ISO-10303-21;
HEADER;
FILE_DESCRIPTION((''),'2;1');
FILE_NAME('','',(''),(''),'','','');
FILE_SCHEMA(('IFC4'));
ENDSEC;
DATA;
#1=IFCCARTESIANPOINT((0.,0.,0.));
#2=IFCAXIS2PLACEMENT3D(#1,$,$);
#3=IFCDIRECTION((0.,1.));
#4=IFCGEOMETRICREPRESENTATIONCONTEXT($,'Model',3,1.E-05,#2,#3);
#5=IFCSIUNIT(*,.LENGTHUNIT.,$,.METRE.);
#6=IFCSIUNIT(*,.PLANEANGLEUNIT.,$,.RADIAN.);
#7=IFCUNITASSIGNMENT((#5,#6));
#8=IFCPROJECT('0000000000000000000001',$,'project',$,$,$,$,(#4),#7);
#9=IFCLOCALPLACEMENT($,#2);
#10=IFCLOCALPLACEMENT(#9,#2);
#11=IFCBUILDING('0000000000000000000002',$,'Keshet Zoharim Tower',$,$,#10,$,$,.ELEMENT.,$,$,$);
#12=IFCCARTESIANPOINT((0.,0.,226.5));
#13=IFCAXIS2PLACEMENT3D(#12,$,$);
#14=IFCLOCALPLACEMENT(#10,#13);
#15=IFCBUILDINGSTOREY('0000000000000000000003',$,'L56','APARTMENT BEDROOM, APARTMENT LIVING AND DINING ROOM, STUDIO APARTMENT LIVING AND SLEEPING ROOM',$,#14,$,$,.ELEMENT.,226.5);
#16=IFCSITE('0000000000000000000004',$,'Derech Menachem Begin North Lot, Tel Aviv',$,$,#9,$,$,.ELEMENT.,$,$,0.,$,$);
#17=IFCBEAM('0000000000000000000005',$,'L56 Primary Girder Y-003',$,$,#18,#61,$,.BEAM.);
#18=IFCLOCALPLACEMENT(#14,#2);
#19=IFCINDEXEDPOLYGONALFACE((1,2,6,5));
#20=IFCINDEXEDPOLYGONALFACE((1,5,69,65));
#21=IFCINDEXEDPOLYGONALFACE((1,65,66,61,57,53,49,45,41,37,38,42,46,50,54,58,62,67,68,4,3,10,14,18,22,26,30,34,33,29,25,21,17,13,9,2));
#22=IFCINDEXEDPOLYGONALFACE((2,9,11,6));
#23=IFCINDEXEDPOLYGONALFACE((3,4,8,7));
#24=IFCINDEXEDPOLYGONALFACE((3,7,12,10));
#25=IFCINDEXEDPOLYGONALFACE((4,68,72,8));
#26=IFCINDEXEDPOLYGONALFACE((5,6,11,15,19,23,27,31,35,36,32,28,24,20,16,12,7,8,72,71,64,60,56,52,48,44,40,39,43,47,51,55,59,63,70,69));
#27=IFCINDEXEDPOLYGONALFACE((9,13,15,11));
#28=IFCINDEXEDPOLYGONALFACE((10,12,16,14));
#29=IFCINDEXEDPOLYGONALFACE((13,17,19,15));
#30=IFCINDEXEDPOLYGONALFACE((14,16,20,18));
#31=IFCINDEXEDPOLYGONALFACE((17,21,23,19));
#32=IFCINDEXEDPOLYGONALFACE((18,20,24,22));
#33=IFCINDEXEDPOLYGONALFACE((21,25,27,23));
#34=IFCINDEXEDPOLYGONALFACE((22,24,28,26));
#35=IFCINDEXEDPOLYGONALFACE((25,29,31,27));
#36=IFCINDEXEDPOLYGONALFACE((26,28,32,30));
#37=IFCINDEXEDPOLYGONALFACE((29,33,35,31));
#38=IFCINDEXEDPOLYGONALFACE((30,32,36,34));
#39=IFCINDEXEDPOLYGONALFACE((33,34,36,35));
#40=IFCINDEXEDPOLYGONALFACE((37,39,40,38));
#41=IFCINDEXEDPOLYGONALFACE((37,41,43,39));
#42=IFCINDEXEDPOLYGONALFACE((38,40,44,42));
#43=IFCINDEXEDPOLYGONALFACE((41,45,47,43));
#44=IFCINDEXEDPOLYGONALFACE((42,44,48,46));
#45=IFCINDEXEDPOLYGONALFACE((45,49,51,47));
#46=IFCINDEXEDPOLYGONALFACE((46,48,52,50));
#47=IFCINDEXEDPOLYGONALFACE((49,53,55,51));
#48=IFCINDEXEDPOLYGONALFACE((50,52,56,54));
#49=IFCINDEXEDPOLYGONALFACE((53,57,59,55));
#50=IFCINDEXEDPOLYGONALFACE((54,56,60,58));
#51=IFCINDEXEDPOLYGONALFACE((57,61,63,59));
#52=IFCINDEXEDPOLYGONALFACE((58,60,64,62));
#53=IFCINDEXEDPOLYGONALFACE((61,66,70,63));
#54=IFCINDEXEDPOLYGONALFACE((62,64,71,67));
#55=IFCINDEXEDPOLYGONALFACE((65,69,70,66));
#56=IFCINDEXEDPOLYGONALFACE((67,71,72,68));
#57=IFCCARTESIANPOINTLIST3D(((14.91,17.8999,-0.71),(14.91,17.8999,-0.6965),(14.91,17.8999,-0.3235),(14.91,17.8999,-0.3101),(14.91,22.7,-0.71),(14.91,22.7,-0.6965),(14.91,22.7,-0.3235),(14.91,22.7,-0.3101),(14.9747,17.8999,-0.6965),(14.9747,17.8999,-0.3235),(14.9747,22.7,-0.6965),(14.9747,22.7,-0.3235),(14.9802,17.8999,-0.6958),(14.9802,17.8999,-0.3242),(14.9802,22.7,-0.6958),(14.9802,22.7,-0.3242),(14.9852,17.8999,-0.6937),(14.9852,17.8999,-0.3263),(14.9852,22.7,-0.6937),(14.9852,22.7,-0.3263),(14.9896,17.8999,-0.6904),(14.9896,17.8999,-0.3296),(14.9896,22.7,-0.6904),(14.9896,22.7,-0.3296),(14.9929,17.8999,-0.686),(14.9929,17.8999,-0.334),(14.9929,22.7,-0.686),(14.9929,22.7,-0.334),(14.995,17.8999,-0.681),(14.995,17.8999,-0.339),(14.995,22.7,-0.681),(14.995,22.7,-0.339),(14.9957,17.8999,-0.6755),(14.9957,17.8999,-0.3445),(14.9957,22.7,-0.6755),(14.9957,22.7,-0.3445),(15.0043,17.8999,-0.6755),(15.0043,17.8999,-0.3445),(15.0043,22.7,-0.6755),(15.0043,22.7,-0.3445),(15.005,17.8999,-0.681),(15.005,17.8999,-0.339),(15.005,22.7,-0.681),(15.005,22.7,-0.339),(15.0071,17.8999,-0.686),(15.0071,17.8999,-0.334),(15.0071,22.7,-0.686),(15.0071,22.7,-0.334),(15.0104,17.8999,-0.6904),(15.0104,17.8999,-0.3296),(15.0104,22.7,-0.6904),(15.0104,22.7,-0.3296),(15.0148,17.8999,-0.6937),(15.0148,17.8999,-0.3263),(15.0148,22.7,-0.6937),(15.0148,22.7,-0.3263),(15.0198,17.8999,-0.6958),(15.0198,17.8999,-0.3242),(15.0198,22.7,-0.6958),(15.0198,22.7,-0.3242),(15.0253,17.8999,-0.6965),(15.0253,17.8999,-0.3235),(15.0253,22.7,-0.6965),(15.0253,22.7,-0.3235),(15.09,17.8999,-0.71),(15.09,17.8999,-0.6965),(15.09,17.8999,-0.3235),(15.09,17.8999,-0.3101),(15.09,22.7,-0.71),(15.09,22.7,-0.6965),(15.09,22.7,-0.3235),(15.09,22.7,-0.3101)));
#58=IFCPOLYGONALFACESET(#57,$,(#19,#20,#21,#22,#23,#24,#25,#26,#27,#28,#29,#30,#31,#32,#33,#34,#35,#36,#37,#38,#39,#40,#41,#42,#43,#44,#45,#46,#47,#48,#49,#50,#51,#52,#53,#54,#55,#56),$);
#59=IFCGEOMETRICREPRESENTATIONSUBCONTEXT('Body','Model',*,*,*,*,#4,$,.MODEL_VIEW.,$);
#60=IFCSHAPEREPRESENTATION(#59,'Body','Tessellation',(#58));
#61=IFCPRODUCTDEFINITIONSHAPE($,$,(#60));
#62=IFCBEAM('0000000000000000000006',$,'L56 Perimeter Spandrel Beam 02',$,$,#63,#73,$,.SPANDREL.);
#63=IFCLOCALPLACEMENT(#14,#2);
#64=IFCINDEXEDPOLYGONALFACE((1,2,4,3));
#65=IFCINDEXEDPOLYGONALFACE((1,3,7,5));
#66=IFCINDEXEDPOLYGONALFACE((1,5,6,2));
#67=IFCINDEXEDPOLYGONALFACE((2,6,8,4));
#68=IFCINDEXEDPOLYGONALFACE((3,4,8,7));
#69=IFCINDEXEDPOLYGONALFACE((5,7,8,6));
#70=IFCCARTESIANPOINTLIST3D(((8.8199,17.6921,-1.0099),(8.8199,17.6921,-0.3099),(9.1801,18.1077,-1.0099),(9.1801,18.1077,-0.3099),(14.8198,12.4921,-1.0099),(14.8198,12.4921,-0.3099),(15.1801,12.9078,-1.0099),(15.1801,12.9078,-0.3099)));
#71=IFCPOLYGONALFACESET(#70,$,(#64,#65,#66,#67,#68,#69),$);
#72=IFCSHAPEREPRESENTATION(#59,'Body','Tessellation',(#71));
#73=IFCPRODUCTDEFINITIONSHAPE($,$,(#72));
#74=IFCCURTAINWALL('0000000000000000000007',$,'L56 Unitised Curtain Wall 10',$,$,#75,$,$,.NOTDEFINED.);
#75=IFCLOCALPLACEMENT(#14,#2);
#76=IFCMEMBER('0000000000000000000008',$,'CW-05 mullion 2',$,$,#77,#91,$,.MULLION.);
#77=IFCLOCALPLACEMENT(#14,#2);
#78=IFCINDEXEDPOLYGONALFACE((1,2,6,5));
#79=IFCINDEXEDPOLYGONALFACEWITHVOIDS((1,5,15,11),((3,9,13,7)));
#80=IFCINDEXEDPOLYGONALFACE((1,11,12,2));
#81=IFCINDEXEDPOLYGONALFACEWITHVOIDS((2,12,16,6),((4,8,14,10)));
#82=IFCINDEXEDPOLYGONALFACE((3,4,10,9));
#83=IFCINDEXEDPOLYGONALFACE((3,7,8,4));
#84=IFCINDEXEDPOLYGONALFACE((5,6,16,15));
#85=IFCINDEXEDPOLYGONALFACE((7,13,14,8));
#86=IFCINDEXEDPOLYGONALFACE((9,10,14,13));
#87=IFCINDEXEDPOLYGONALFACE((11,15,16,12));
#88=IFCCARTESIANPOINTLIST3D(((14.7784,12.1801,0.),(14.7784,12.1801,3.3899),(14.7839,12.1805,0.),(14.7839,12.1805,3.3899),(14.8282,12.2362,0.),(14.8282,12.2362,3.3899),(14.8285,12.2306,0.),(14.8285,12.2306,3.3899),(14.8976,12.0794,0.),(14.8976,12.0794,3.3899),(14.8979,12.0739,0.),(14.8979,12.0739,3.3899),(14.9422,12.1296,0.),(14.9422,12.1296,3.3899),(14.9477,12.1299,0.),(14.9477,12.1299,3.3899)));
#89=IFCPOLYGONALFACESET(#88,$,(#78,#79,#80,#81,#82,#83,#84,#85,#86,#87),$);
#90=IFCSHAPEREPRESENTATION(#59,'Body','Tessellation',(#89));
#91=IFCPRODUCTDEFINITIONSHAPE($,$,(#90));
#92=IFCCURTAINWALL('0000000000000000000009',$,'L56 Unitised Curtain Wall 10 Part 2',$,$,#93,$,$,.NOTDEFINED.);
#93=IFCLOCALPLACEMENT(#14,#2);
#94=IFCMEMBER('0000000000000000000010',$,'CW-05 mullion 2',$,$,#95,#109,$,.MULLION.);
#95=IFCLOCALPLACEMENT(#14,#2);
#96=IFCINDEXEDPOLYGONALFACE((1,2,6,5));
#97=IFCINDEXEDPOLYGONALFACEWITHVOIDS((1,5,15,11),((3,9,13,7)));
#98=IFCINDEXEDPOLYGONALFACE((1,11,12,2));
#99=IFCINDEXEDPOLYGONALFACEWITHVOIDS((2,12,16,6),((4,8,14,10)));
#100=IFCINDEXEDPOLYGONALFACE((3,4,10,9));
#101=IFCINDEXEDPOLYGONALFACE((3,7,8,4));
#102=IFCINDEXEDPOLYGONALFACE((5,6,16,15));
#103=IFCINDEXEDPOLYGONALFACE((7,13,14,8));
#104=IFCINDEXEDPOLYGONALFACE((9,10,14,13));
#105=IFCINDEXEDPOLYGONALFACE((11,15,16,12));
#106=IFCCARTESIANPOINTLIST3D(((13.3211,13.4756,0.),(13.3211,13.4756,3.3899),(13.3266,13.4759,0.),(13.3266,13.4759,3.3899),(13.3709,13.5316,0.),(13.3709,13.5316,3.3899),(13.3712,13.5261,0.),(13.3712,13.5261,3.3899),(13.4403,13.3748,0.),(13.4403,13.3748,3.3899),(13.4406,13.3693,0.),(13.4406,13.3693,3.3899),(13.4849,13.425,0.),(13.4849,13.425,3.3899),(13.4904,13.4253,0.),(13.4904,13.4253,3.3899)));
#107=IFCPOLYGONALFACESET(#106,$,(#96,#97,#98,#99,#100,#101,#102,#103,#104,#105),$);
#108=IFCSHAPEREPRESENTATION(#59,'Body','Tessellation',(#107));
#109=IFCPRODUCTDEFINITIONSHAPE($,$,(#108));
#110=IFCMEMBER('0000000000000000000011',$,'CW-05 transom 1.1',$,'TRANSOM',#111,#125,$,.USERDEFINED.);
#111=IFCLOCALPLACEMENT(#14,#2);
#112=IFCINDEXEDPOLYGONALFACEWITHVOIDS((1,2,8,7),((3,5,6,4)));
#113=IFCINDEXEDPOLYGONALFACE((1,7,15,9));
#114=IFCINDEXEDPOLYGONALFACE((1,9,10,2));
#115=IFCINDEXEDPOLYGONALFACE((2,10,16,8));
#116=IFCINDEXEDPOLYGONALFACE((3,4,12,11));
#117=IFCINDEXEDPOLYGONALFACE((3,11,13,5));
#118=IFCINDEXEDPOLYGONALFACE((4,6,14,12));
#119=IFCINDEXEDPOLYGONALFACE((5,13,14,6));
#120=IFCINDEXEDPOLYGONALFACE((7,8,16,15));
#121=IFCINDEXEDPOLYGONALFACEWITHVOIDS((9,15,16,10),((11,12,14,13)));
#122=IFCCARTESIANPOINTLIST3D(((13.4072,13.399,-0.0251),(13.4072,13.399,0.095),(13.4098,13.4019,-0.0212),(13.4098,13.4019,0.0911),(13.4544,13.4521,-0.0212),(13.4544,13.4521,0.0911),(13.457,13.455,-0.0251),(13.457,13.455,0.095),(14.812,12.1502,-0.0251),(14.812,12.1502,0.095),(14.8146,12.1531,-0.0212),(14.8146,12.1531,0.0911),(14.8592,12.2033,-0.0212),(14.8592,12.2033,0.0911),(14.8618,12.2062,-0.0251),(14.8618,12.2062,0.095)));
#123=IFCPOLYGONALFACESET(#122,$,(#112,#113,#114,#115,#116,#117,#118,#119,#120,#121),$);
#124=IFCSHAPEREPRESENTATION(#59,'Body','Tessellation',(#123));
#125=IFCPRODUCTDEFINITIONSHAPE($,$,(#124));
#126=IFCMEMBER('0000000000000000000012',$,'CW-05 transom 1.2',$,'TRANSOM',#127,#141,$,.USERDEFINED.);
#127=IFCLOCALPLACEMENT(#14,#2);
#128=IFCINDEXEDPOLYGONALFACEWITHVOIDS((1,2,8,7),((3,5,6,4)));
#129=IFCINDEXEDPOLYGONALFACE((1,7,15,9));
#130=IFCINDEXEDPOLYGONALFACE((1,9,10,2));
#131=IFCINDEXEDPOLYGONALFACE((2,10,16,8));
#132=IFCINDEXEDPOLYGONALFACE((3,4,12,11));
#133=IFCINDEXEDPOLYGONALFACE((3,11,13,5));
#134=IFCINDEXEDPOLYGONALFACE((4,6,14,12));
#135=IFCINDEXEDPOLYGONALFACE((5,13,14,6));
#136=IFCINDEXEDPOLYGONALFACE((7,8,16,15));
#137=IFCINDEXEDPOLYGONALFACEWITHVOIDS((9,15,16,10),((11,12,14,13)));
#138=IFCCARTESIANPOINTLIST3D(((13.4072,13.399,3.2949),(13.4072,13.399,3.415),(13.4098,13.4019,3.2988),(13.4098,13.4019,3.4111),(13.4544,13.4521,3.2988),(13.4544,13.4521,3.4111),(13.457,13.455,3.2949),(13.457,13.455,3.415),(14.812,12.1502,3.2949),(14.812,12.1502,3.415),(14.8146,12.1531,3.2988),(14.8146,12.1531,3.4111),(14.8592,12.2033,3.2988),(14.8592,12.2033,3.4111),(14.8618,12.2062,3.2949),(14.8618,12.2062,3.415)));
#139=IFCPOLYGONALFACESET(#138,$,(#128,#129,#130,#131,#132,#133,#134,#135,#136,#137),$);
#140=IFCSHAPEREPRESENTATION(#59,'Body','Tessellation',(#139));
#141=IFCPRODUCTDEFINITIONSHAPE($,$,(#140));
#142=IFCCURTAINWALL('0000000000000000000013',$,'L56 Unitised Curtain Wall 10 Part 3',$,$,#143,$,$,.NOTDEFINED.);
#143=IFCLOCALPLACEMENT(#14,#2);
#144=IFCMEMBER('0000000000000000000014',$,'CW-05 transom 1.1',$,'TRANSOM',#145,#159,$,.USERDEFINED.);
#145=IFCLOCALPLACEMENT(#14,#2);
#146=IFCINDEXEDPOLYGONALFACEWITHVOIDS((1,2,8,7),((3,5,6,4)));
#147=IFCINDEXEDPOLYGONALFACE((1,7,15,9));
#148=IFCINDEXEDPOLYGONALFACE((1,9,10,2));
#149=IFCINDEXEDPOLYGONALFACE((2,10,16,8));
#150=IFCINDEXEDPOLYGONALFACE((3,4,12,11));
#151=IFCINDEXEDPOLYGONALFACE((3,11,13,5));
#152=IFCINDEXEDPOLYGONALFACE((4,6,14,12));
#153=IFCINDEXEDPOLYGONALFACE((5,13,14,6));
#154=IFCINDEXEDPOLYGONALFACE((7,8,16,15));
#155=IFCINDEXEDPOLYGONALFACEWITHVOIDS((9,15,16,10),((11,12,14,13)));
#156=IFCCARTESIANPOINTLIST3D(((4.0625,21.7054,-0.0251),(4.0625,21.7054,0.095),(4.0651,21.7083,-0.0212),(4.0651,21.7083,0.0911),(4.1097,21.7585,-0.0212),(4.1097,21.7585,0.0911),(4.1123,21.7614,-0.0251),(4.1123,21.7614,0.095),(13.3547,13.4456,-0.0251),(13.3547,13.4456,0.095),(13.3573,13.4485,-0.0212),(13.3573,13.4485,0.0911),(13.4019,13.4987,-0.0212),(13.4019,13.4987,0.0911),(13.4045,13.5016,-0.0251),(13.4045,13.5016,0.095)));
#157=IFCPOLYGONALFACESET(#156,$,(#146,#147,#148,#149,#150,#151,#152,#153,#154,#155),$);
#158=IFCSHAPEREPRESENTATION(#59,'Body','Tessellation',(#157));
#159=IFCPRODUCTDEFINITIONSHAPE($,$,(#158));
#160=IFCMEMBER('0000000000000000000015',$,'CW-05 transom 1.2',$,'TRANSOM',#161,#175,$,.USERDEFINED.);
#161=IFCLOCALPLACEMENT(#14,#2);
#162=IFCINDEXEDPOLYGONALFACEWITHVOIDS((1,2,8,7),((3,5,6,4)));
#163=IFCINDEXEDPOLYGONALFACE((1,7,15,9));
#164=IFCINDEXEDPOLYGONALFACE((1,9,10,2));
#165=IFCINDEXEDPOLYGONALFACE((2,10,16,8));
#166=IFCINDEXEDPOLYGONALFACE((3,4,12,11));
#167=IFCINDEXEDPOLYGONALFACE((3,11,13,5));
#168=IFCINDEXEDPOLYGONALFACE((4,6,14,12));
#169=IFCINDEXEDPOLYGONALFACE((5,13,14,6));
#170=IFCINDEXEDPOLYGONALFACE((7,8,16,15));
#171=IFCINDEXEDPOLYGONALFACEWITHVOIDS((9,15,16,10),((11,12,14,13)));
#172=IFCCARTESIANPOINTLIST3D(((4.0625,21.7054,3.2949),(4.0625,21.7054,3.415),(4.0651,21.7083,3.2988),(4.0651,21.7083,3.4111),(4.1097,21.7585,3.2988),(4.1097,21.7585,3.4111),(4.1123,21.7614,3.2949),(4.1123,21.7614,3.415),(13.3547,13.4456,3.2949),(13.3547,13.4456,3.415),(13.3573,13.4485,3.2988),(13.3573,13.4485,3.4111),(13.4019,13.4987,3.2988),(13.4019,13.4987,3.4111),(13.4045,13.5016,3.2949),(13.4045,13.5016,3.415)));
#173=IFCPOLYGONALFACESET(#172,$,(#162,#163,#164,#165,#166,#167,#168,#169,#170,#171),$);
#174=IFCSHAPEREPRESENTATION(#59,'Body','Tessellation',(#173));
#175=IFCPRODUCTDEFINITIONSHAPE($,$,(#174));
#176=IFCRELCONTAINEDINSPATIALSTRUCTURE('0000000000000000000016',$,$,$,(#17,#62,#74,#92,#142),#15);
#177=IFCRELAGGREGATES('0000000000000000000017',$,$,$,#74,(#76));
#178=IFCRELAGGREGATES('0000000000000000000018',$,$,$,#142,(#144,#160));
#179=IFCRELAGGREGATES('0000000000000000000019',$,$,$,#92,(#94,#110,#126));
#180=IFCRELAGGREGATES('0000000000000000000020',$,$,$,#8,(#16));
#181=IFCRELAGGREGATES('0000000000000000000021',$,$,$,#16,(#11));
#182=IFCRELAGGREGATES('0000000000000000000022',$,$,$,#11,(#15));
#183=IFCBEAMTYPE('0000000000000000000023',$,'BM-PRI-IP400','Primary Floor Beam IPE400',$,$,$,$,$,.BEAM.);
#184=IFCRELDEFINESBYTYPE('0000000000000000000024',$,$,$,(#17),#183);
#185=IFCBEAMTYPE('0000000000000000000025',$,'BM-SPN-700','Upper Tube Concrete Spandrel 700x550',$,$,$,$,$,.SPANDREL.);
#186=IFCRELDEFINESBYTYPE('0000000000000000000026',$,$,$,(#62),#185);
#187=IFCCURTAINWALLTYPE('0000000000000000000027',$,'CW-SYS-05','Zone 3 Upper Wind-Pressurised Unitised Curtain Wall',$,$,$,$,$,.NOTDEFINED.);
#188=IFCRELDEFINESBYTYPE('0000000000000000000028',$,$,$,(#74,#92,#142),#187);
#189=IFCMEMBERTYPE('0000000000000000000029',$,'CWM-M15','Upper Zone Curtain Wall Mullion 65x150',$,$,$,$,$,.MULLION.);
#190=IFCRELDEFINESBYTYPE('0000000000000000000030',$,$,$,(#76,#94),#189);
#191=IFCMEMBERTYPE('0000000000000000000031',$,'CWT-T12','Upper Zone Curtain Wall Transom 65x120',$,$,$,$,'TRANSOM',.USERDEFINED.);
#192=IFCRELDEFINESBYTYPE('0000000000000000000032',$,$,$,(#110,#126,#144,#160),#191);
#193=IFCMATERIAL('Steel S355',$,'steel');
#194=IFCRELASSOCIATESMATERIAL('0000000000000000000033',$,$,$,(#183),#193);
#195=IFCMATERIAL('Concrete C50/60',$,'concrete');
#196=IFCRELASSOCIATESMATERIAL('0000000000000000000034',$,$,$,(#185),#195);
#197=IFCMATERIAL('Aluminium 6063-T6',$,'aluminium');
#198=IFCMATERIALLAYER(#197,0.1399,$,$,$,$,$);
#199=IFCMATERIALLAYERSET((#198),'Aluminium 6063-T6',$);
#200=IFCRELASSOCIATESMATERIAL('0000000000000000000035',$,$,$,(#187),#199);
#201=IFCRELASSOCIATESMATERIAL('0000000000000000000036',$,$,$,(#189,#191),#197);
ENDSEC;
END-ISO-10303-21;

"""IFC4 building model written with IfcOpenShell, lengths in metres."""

from ifc_helpers import new_model, si_unit, direction, frame, origin, origin_2d, place, context, subcontext, project, spatial, rectangle, hollow_rectangle, i_section, extrude, material, layer, layer_set, material_profile, profile_set, type_object, element, aggregate, save


model = new_model("IFC4")

# Units and contexts
model_context = context("Model", 3, precision=1e-05, world=origin(), true_north=direction((0.0, 1.0)))
body_context = subcontext(model_context, "Body", "Model", "MODEL_VIEW")
ifc_project = project(units=[si_unit("LENGTHUNIT", "METRE"), si_unit("PLANEANGLEUNIT", "RADIAN")], contexts=[model_context])

# Site, building, storey
site_placement = place(None, origin())
site = spatial("IfcSite", under=ifc_project, at=site_placement, Name="Derech Menachem Begin North Lot, Tel Aviv", CompositionType="ELEMENT", RefElevation=0.0)
building_placement = place(site_placement, origin())
building = spatial("IfcBuilding", under=site, at=building_placement, Name="Keshet Zoharim Tower", CompositionType="ELEMENT")
storey_placement = place(building_placement, frame((0.0, 0.0, 226.5)))
storey = spatial("IfcBuildingStorey", under=building, at=storey_placement, Name="L56", Description="APARTMENT BEDROOM, APARTMENT LIVING AND DINING ROOM, STUDIO APARTMENT LIVING AND SLEEPING ROOM", CompositionType="ELEMENT", Elevation=226.5)

# Shared definitions
ifc_material_1 = material(Name="Steel S355", Category="steel")
ifc_material_2 = material(Name="Concrete C50/60", Category="concrete")

# Beams
ifc_material_profile_1 = material_profile(ifc_material_1, i_section(OverallWidth=0.1799, OverallDepth=0.3999, WebThickness=0.0085, FlangeThickness=0.0134, FilletRadius=0.021, at=origin_2d()), Name="IPE400")
ifc_profile_set_1 = profile_set([ifc_material_profile_1], Name="Steel S355")
beam_type_1 = type_object("IfcBeamType", Name="BM-PRI-IP400", Description="Primary Floor Beam IPE400", PredefinedType="BEAM", material=ifc_profile_set_1)
beam_1_placement = place(storey_placement, frame((15.0, 17.8999, -0.51), z_axis=(0.0, 1.0, 0.0), x_axis=(-1.0, 0.0, 0.0)))
element("IfcBeam", 1, at=beam_1_placement, inside=storey, type_object=beam_type_1, Name="L56 Primary Girder Y-003", PredefinedType="BEAM", context=body_context, shape_type="SweptSolid", body=[
    extrude(i_section(OverallWidth=0.1799, OverallDepth=0.3999, WebThickness=0.0085, FlangeThickness=0.0134, FilletRadius=0.021, at=origin_2d()), origin(), (0.0, 0.0, 1.0), 4.8),
])
ifc_material_profile_2 = material_profile(ifc_material_2, rectangle(XDim=0.55, YDim=0.7, at=origin_2d()), Name="RC700x550")
ifc_profile_set_2 = profile_set([ifc_material_profile_2], Name="Concrete C50/60")
beam_type_2 = type_object("IfcBeamType", Name="BM-SPN-700", Description="Upper Tube Concrete Spandrel 700x550", PredefinedType="SPANDREL", material=ifc_profile_set_2)
beam_2_placement = place(storey_placement, frame((9.0, 17.8999, -0.6599), z_axis=(0.755692, -0.654927, 0.0), x_axis=(0.654927, 0.755692, 0.0)))
element("IfcBeam", 2, at=beam_2_placement, inside=storey, type_object=beam_type_2, Name="L56 Perimeter Spandrel Beam 02", PredefinedType="SPANDREL", context=body_context, shape_type="SweptSolid", body=[
    extrude(rectangle(XDim=0.55, YDim=0.7, at=origin_2d()), origin(), (0.0, 0.0, 1.0), 7.9397),
])

# Curtain wall, member
ifc_material_3 = material(Name="Aluminium 6063-T6", Category="aluminium")
ifc_layer_1 = layer(ifc_material_3, 0.1399)
ifc_layer_set_1 = layer_set([ifc_layer_1], Name="Aluminium 6063-T6")
curtain_wall_type = type_object("IfcCurtainWallType", Name="CW-SYS-05", Description="Zone 3 Upper Wind-Pressurised Unitised Curtain Wall", PredefinedType="NOTDEFINED", material=ifc_layer_set_1)
curtain_wall_1_placement = place(storey_placement, origin())
curtain_wall_1 = element("IfcCurtainWall", 3, at=curtain_wall_1_placement, inside=storey, type_object=curtain_wall_type, Name="L56 Unitised Curtain Wall 10", PredefinedType="NOTDEFINED")
ifc_material_profile_3 = material_profile(ifc_material_3, hollow_rectangle(XDim=0.075, YDim=0.1599, WallThickness=0.0039, at=origin_2d()), Name="MUL-75x160")
ifc_profile_set_3 = profile_set([ifc_material_profile_3], Name="Aluminium 6063-T6")
member_type_1 = type_object("IfcMemberType", Name="CWM-M15", Description="Upper Zone Curtain Wall Mullion 65x150", PredefinedType="MULLION", material=ifc_profile_set_3)
member_1_placement = place(storey_placement, frame((14.863, 12.155, 0.0), z_axis=(0.0, 0.0, 1.0), x_axis=(-0.664363, -0.74741, 0.0)))
member_1 = element("IfcMember", 4, at=member_1_placement, type_object=member_type_1, Name="CW-05 mullion 2", PredefinedType="MULLION", context=body_context, shape_type="SweptSolid", body=[
    extrude(hollow_rectangle(XDim=0.075, YDim=0.1599, WallThickness=0.0039, at=origin_2d()), origin(), (0.0, 0.0, 1.0), 3.3899),
])
aggregate(curtain_wall_1, [member_1])

# Curtain walls, members
curtain_wall_2_placement = place(storey_placement, origin())
curtain_wall_2 = element("IfcCurtainWall", 5, at=curtain_wall_2_placement, inside=storey, type_object=curtain_wall_type, Name="L56 Unitised Curtain Wall 10 Part 2", PredefinedType="NOTDEFINED")
member_2_placement = place(storey_placement, frame((13.4058, 13.4504, 0.0), z_axis=(0.0, 0.0, 1.0), x_axis=(-0.664367, -0.747406, 0.0)))
member_2 = element("IfcMember", 6, at=member_2_placement, type_object=member_type_1, Name="CW-05 mullion 2", PredefinedType="MULLION", context=body_context, shape_type="SweptSolid", body=[
    extrude(hollow_rectangle(XDim=0.075, YDim=0.1599, WallThickness=0.0039, at=origin_2d()), origin(), (0.0, 0.0, 1.0), 3.3899),
])
ifc_material_profile_4 = material_profile(ifc_material_3, hollow_rectangle(XDim=0.075, YDim=0.1201, WallThickness=0.0039, at=origin_2d()), Name="TRN-75x120")
ifc_profile_set_4 = profile_set([ifc_material_profile_4], Name="Aluminium 6063-T6")
member_type_2 = type_object("IfcMemberType", Name="CWT-T12", Description="Upper Zone Curtain Wall Transom 65x120", ElementType="TRANSOM", PredefinedType="USERDEFINED", material=ifc_profile_set_4)
member_3_placement = place(storey_placement, frame((14.8369, 12.1782, 0.0349), z_axis=(-0.747388, 0.664388, 0.0), x_axis=(-0.664388, -0.747388, 0.0)))
member_3 = element("IfcMember", 7, at=member_3_placement, type_object=member_type_2, Name="CW-05 transom 1.1", ObjectType="TRANSOM", PredefinedType="USERDEFINED", context=body_context, shape_type="SweptSolid", body=[
    extrude(hollow_rectangle(XDim=0.075, YDim=0.1201, WallThickness=0.0039, at=origin_2d()), origin(), (0.0, 0.0, 1.0), 1.8796),
])
member_4_placement = place(storey_placement, frame((14.8369, 12.1782, 3.355), z_axis=(-0.747388, 0.664388, 0.0), x_axis=(-0.664388, -0.747388, 0.0)))
member_4 = element("IfcMember", 8, at=member_4_placement, type_object=member_type_2, Name="CW-05 transom 1.2", ObjectType="TRANSOM", PredefinedType="USERDEFINED", context=body_context, shape_type="SweptSolid", body=[
    extrude(hollow_rectangle(XDim=0.075, YDim=0.1201, WallThickness=0.0039, at=origin_2d()), origin(), (0.0, 0.0, 1.0), 1.8796),
])
curtain_wall_3_placement = place(storey_placement, origin())
curtain_wall_3 = element("IfcCurtainWall", 9, at=curtain_wall_3_placement, inside=storey, type_object=curtain_wall_type, Name="L56 Unitised Curtain Wall 10 Part 3", PredefinedType="NOTDEFINED")
member_5_placement = place(storey_placement, frame((13.3796, 13.4736, 0.0349), z_axis=(-0.747409, 0.664364, 0.0), x_axis=(-0.664364, -0.747409, 0.0)))
member_5 = element("IfcMember", 10, at=member_5_placement, type_object=member_type_2, Name="CW-05 transom 1.1", ObjectType="TRANSOM", PredefinedType="USERDEFINED", context=body_context, shape_type="SweptSolid", body=[
    extrude(hollow_rectangle(XDim=0.075, YDim=0.1201, WallThickness=0.0039, at=origin_2d()), origin(), (0.0, 0.0, 1.0), 12.4326),
])
member_6_placement = place(storey_placement, frame((13.3796, 13.4736, 3.355), z_axis=(-0.747409, 0.664364, 0.0), x_axis=(-0.664364, -0.747409, 0.0)))
member_6 = element("IfcMember", 11, at=member_6_placement, type_object=member_type_2, Name="CW-05 transom 1.2", ObjectType="TRANSOM", PredefinedType="USERDEFINED", context=body_context, shape_type="SweptSolid", body=[
    extrude(hollow_rectangle(XDim=0.075, YDim=0.1201, WallThickness=0.0039, at=origin_2d()), origin(), (0.0, 0.0, 1.0), 12.4326),
])

aggregate(curtain_wall_3, [member_5, member_6])
aggregate(curtain_wall_2, [member_2, member_3, member_4])

save(model, "model.ifc")
